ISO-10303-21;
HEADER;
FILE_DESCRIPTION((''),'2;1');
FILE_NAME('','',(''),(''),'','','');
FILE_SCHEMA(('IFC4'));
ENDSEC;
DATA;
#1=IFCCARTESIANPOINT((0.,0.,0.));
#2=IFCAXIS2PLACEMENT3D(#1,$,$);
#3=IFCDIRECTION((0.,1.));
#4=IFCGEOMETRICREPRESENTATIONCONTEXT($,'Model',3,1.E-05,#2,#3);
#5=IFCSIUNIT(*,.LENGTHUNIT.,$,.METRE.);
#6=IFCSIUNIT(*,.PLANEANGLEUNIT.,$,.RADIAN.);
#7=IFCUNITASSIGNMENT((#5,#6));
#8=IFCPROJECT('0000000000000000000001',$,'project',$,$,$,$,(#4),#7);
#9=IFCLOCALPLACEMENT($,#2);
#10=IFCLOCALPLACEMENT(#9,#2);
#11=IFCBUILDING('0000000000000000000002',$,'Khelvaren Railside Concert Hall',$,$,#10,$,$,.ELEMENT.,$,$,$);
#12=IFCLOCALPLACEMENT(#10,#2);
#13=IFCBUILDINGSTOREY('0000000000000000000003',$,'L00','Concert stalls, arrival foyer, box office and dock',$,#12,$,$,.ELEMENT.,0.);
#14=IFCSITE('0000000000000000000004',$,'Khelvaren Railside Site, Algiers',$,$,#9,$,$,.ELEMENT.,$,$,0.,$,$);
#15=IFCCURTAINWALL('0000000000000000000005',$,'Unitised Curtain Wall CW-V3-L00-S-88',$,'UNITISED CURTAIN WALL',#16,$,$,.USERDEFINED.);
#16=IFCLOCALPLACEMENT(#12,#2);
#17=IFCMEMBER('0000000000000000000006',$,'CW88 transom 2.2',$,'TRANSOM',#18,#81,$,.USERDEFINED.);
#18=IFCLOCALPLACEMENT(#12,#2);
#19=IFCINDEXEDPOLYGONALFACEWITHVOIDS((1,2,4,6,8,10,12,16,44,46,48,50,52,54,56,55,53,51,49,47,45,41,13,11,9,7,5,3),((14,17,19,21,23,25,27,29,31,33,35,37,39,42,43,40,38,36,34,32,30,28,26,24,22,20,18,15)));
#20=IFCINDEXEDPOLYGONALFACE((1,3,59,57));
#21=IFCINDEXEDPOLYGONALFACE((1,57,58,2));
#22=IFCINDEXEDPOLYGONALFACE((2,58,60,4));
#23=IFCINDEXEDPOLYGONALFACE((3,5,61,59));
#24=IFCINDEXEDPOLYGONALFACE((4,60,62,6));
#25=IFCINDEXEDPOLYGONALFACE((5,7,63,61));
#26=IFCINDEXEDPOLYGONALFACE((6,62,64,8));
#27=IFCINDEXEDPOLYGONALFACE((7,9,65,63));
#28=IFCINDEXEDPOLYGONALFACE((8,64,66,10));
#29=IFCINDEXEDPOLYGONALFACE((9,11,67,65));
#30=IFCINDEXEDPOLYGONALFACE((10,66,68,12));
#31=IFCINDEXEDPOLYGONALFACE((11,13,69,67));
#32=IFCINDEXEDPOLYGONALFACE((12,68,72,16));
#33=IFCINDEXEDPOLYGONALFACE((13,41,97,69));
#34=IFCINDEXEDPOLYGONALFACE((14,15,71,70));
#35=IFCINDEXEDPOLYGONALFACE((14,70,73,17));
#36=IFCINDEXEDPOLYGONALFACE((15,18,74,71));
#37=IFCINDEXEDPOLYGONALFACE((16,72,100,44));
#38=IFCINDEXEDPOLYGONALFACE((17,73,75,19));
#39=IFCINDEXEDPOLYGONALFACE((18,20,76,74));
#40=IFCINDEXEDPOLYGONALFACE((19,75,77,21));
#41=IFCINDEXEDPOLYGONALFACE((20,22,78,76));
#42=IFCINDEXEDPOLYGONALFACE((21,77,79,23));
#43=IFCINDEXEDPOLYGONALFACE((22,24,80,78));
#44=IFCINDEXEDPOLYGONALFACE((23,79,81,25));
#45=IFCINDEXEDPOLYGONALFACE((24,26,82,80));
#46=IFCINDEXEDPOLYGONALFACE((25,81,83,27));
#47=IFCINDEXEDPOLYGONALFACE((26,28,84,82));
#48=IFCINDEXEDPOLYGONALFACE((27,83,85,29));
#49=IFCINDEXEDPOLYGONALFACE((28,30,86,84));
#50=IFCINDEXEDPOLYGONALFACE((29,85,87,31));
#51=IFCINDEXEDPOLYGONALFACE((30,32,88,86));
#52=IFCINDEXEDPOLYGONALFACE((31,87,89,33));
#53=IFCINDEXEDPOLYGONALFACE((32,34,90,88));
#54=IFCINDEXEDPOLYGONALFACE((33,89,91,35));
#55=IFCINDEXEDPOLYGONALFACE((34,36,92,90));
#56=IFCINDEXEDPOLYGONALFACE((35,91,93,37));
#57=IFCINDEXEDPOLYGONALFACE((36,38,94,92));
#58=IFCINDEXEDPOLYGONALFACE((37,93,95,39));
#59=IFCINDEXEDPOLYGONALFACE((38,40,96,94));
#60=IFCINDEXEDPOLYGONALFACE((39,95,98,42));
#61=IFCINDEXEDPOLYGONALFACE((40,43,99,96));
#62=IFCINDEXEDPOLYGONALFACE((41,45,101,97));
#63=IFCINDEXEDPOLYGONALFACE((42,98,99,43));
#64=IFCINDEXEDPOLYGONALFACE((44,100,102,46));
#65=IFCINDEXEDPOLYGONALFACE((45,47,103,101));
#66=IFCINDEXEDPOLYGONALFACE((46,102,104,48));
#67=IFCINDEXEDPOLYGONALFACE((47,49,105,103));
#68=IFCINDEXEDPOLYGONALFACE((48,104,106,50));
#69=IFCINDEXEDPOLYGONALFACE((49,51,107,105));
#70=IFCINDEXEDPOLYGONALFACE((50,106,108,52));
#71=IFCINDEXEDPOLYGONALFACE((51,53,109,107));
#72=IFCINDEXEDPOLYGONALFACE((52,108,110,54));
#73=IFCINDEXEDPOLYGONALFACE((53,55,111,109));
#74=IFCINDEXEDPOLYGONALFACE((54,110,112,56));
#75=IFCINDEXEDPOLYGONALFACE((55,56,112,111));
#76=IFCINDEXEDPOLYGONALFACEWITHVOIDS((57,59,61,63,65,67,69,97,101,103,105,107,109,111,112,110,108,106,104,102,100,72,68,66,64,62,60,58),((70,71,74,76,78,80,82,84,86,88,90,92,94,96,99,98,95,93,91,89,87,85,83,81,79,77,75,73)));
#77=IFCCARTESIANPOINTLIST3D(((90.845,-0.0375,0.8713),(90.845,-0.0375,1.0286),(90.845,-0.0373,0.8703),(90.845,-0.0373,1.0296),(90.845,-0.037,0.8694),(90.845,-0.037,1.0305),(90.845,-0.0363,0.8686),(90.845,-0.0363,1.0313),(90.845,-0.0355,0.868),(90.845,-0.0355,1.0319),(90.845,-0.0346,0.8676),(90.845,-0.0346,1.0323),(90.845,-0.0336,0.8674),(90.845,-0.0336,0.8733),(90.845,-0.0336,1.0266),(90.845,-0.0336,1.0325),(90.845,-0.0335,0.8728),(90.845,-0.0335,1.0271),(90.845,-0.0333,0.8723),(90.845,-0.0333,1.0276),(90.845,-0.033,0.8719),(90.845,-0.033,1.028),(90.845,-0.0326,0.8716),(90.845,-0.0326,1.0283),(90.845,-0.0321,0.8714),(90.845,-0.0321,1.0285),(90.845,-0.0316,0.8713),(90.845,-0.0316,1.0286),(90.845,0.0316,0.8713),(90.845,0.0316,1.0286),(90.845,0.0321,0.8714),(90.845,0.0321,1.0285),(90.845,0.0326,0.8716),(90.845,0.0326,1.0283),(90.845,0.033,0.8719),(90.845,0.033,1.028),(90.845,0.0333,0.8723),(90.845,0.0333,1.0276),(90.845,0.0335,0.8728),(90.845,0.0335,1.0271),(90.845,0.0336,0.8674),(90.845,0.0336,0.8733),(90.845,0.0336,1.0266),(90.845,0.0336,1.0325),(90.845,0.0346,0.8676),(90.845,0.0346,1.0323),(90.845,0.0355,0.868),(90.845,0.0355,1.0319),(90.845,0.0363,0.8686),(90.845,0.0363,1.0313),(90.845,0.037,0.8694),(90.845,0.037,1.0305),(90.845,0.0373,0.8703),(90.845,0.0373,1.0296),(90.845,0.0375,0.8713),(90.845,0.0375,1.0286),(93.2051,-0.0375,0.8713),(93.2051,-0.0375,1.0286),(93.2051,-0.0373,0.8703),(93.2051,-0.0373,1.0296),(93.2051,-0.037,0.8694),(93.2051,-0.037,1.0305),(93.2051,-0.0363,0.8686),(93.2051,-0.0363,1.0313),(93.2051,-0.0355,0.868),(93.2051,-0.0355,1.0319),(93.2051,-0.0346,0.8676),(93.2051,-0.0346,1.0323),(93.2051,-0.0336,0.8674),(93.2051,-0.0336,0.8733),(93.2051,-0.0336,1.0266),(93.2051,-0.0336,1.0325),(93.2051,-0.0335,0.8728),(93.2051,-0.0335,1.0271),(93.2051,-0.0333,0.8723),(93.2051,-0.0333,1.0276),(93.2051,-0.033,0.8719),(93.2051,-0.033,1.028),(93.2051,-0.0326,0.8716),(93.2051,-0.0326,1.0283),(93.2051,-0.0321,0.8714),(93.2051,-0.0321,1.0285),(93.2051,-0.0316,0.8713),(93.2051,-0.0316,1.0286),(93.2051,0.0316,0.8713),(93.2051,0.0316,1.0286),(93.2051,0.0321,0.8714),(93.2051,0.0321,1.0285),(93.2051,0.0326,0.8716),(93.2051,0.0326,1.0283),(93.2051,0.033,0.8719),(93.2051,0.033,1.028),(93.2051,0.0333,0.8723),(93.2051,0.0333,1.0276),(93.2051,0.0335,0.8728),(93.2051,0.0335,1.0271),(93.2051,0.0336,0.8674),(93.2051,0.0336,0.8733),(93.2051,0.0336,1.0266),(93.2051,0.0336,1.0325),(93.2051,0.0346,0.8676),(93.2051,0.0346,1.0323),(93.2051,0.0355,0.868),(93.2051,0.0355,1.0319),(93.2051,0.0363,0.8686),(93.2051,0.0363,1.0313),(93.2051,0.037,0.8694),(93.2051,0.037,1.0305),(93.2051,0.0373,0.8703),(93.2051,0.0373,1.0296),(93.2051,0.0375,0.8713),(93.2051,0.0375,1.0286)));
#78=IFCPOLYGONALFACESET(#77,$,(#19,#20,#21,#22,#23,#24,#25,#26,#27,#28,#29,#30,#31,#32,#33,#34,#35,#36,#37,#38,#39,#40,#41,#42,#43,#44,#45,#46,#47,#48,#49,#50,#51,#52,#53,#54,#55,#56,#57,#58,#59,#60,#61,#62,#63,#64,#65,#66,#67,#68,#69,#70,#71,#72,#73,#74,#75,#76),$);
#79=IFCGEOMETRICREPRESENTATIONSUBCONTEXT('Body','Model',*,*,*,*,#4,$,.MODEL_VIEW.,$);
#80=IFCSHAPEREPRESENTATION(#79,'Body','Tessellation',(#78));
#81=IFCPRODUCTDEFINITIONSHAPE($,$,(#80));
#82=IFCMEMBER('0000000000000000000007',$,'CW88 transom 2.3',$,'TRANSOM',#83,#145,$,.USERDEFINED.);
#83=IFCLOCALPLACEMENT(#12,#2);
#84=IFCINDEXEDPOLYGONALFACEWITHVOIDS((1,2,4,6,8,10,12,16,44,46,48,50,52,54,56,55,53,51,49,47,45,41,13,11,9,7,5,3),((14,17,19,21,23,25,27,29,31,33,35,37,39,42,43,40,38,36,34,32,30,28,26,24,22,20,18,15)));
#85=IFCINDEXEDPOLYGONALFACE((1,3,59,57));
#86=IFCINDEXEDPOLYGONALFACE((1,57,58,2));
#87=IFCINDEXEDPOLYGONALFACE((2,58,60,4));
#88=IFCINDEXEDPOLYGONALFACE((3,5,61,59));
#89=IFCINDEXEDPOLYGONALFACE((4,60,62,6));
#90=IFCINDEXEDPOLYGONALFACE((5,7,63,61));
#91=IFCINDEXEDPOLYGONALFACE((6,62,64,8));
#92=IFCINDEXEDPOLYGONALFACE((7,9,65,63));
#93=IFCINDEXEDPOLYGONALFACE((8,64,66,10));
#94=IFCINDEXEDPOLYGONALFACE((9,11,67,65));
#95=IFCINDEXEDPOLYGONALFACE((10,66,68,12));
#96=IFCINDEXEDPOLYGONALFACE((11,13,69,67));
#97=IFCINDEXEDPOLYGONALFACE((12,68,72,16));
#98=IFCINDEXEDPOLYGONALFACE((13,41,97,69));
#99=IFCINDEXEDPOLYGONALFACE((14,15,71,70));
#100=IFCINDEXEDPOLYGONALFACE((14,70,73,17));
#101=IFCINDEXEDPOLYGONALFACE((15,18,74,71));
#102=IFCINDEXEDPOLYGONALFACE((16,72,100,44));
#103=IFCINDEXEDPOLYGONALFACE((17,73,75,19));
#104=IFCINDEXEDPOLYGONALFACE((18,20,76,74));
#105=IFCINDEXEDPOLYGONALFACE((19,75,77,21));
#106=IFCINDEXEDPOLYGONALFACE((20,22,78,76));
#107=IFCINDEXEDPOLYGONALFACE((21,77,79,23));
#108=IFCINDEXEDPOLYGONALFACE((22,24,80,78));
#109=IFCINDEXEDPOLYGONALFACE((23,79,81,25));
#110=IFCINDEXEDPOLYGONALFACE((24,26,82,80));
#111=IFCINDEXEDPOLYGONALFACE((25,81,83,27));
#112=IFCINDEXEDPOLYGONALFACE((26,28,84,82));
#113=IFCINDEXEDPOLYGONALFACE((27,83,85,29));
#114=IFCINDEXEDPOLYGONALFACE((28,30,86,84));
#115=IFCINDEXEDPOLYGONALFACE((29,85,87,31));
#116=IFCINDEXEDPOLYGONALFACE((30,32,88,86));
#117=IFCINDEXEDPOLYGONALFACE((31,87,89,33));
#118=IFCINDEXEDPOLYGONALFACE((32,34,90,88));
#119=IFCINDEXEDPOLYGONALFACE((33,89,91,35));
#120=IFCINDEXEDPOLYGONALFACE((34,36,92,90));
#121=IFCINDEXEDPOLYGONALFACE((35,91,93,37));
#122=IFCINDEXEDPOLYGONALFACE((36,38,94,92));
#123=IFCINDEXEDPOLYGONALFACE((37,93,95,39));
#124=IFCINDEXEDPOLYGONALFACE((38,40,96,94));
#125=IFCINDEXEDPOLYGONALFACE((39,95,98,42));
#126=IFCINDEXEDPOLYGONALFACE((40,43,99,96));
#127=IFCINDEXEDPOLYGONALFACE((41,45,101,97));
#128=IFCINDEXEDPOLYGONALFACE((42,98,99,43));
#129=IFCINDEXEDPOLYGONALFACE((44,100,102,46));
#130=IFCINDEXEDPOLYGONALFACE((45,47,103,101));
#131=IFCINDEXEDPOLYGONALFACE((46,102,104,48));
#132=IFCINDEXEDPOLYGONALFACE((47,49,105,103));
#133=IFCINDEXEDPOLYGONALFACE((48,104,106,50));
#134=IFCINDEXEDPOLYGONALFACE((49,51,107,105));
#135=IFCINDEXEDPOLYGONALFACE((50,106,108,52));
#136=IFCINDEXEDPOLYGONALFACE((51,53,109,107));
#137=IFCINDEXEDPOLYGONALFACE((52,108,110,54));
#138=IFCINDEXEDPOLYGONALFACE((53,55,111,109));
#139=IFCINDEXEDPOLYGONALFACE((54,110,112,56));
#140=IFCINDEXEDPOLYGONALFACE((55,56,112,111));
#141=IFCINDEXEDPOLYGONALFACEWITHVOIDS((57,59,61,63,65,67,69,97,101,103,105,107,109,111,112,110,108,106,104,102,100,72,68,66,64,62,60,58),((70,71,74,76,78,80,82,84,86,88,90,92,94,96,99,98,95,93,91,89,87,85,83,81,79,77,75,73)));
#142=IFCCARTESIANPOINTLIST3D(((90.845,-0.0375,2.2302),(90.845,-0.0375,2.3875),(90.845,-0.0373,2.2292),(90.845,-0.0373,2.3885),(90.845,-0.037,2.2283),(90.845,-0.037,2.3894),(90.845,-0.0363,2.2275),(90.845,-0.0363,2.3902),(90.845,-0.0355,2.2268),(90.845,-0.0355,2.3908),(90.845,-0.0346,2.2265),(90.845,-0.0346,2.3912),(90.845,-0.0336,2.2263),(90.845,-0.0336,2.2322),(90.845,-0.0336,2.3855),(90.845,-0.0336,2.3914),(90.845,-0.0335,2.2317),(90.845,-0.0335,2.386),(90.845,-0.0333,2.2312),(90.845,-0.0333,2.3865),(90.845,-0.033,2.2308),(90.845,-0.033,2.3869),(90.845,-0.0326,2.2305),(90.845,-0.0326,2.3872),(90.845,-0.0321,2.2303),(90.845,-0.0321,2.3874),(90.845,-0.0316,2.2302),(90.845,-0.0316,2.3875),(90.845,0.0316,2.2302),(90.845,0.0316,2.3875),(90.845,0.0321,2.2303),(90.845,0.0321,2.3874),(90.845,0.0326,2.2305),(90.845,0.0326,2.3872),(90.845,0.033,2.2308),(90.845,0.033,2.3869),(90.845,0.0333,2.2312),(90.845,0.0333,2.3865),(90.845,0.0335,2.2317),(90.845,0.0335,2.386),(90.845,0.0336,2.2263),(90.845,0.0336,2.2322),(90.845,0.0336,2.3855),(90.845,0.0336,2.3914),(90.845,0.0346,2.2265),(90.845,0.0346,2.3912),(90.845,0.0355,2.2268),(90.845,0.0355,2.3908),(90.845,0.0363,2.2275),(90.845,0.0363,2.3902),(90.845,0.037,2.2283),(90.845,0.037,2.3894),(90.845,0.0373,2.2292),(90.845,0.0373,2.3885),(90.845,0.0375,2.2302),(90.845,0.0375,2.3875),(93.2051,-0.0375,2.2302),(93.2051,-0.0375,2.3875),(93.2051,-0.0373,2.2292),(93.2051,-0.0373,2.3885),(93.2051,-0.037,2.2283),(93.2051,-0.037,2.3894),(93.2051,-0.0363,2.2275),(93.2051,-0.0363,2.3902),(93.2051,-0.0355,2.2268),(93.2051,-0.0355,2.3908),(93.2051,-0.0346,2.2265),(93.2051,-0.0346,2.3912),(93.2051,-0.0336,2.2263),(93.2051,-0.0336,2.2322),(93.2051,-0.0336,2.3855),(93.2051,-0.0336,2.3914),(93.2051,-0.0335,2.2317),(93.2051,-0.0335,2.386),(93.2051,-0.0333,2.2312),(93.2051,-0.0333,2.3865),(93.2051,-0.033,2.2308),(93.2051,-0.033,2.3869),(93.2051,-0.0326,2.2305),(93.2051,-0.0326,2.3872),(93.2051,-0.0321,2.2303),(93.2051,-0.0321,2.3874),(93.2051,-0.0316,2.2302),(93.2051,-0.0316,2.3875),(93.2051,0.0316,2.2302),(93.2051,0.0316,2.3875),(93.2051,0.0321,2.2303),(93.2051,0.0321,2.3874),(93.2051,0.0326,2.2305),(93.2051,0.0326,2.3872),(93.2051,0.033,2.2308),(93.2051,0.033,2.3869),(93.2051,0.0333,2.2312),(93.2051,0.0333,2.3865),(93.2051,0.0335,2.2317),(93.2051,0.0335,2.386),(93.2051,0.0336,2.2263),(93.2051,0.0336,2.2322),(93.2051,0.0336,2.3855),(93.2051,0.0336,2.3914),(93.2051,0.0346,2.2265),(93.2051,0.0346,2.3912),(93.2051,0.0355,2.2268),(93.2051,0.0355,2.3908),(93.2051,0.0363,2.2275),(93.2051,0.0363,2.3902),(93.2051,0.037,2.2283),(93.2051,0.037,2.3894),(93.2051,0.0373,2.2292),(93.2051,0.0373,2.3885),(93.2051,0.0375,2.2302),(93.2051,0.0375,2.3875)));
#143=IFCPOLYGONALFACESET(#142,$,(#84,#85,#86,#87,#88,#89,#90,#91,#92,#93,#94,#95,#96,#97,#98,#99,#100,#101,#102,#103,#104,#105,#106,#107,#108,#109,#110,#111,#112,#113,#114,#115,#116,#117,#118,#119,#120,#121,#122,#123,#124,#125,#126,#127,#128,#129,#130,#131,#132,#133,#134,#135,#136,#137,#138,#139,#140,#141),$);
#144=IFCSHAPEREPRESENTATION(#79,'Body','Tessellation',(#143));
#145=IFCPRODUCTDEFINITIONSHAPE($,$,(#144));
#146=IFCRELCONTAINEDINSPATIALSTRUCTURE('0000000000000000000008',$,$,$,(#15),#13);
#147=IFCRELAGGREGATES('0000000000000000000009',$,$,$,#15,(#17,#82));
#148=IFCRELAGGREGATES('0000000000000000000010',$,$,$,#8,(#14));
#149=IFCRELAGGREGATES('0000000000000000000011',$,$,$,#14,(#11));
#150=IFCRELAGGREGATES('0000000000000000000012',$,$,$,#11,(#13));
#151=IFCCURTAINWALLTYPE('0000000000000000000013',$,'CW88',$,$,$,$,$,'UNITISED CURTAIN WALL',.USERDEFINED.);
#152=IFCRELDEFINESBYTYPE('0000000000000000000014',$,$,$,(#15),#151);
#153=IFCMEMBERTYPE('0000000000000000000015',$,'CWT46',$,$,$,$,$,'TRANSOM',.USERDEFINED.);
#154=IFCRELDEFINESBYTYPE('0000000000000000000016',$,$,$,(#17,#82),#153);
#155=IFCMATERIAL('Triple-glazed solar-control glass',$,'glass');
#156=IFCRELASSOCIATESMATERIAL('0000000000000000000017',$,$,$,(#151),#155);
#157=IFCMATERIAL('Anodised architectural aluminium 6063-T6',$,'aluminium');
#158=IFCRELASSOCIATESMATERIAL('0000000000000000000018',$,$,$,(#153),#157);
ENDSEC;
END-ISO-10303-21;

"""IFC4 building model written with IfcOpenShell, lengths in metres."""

from ifc_helpers import new_model, si_unit, direction, frame, origin, origin_2d, place, context, subcontext, project, spatial, hollow_rectangle, extrude, material, material_profile, profile_set, type_object, element, aggregate, save


model = new_model("IFC4")

# Units and contexts
model_context = context("Model", 3, precision=1e-05, world=origin(), true_north=direction((0.0, 1.0)))
body_context = subcontext(model_context, "Body", "Model", "MODEL_VIEW")
ifc_project = project(units=[si_unit("LENGTHUNIT", "METRE"), si_unit("PLANEANGLEUNIT", "RADIAN")], contexts=[model_context])

# Site, building, storey
site_placement = place(None, origin())
site = spatial("IfcSite", under=ifc_project, at=site_placement, Name="Khelvaren Railside Site, Algiers", CompositionType="ELEMENT", RefElevation=0.0)
building_placement = place(site_placement, origin())
building = spatial("IfcBuilding", under=site, at=building_placement, Name="Khelvaren Railside Concert Hall", CompositionType="ELEMENT")
storey_placement = place(building_placement, origin())
storey = spatial("IfcBuildingStorey", under=building, at=storey_placement, Name="L00", Description="Concert stalls, arrival foyer, box office and dock", CompositionType="ELEMENT", Elevation=0.0)

# Curtain wall, members
ifc_material_1 = material(Name="Triple-glazed solar-control glass", Category="glass")
curtain_wall_type = type_object("IfcCurtainWallType", Name="CW88", ElementType="UNITISED CURTAIN WALL", PredefinedType="USERDEFINED", material=ifc_material_1)
curtain_wall_placement = place(storey_placement, origin())
curtain_wall = element("IfcCurtainWall", 1, at=curtain_wall_placement, inside=storey, type_object=curtain_wall_type, Name="Unitised Curtain Wall CW-V3-L00-S-88", ObjectType="UNITISED CURTAIN WALL", PredefinedType="USERDEFINED")
ifc_material_2 = material(Name="Anodised architectural aluminium 6063-T6", Category="aluminium")
ifc_material_profile_1 = material_profile(ifc_material_2, hollow_rectangle(XDim=0.075, YDim=0.165, WallThickness=0.0039, InnerFilletRadius=0.002, OuterFilletRadius=0.0039, at=origin_2d()), Name="CWT 75x165x4")
ifc_profile_set_1 = profile_set([ifc_material_profile_1], Name="Anodised architectural aluminium 6063-T6")
member_type_1 = type_object("IfcMemberType", Name="CWT46", ElementType="TRANSOM", PredefinedType="USERDEFINED", material=ifc_profile_set_1)
member_1_placement = place(storey_placement, frame((93.2051, 0.0, 0.95), z_axis=(-1.0, 0.0, 0.0), x_axis=(0.0, -1.0, 0.0)))
member_1 = element("IfcMember", 2, at=member_1_placement, type_object=member_type_1, Name="CW88 transom 2.2", ObjectType="TRANSOM", PredefinedType="USERDEFINED", context=body_context, shape_type="SweptSolid", body=[
    extrude(hollow_rectangle(XDim=0.075, YDim=0.165, WallThickness=0.0039, InnerFilletRadius=0.002, OuterFilletRadius=0.0039, at=origin_2d()), origin(), (0.0, 0.0, 1.0), 2.3601),
])
member_2_placement = place(storey_placement, frame((93.2051, 0.0, 2.3088), z_axis=(-1.0, 0.0, 0.0), x_axis=(0.0, -1.0, 0.0)))
member_2 = element("IfcMember", 3, at=member_2_placement, type_object=member_type_1, Name="CW88 transom 2.3", ObjectType="TRANSOM", PredefinedType="USERDEFINED", context=body_context, shape_type="SweptSolid", body=[
    extrude(hollow_rectangle(XDim=0.075, YDim=0.165, WallThickness=0.0039, InnerFilletRadius=0.002, OuterFilletRadius=0.0039, at=origin_2d()), origin(), (0.0, 0.0, 1.0), 2.3601),
])

aggregate(curtain_wall, [member_1, member_2])

save(model, "model.ifc")
